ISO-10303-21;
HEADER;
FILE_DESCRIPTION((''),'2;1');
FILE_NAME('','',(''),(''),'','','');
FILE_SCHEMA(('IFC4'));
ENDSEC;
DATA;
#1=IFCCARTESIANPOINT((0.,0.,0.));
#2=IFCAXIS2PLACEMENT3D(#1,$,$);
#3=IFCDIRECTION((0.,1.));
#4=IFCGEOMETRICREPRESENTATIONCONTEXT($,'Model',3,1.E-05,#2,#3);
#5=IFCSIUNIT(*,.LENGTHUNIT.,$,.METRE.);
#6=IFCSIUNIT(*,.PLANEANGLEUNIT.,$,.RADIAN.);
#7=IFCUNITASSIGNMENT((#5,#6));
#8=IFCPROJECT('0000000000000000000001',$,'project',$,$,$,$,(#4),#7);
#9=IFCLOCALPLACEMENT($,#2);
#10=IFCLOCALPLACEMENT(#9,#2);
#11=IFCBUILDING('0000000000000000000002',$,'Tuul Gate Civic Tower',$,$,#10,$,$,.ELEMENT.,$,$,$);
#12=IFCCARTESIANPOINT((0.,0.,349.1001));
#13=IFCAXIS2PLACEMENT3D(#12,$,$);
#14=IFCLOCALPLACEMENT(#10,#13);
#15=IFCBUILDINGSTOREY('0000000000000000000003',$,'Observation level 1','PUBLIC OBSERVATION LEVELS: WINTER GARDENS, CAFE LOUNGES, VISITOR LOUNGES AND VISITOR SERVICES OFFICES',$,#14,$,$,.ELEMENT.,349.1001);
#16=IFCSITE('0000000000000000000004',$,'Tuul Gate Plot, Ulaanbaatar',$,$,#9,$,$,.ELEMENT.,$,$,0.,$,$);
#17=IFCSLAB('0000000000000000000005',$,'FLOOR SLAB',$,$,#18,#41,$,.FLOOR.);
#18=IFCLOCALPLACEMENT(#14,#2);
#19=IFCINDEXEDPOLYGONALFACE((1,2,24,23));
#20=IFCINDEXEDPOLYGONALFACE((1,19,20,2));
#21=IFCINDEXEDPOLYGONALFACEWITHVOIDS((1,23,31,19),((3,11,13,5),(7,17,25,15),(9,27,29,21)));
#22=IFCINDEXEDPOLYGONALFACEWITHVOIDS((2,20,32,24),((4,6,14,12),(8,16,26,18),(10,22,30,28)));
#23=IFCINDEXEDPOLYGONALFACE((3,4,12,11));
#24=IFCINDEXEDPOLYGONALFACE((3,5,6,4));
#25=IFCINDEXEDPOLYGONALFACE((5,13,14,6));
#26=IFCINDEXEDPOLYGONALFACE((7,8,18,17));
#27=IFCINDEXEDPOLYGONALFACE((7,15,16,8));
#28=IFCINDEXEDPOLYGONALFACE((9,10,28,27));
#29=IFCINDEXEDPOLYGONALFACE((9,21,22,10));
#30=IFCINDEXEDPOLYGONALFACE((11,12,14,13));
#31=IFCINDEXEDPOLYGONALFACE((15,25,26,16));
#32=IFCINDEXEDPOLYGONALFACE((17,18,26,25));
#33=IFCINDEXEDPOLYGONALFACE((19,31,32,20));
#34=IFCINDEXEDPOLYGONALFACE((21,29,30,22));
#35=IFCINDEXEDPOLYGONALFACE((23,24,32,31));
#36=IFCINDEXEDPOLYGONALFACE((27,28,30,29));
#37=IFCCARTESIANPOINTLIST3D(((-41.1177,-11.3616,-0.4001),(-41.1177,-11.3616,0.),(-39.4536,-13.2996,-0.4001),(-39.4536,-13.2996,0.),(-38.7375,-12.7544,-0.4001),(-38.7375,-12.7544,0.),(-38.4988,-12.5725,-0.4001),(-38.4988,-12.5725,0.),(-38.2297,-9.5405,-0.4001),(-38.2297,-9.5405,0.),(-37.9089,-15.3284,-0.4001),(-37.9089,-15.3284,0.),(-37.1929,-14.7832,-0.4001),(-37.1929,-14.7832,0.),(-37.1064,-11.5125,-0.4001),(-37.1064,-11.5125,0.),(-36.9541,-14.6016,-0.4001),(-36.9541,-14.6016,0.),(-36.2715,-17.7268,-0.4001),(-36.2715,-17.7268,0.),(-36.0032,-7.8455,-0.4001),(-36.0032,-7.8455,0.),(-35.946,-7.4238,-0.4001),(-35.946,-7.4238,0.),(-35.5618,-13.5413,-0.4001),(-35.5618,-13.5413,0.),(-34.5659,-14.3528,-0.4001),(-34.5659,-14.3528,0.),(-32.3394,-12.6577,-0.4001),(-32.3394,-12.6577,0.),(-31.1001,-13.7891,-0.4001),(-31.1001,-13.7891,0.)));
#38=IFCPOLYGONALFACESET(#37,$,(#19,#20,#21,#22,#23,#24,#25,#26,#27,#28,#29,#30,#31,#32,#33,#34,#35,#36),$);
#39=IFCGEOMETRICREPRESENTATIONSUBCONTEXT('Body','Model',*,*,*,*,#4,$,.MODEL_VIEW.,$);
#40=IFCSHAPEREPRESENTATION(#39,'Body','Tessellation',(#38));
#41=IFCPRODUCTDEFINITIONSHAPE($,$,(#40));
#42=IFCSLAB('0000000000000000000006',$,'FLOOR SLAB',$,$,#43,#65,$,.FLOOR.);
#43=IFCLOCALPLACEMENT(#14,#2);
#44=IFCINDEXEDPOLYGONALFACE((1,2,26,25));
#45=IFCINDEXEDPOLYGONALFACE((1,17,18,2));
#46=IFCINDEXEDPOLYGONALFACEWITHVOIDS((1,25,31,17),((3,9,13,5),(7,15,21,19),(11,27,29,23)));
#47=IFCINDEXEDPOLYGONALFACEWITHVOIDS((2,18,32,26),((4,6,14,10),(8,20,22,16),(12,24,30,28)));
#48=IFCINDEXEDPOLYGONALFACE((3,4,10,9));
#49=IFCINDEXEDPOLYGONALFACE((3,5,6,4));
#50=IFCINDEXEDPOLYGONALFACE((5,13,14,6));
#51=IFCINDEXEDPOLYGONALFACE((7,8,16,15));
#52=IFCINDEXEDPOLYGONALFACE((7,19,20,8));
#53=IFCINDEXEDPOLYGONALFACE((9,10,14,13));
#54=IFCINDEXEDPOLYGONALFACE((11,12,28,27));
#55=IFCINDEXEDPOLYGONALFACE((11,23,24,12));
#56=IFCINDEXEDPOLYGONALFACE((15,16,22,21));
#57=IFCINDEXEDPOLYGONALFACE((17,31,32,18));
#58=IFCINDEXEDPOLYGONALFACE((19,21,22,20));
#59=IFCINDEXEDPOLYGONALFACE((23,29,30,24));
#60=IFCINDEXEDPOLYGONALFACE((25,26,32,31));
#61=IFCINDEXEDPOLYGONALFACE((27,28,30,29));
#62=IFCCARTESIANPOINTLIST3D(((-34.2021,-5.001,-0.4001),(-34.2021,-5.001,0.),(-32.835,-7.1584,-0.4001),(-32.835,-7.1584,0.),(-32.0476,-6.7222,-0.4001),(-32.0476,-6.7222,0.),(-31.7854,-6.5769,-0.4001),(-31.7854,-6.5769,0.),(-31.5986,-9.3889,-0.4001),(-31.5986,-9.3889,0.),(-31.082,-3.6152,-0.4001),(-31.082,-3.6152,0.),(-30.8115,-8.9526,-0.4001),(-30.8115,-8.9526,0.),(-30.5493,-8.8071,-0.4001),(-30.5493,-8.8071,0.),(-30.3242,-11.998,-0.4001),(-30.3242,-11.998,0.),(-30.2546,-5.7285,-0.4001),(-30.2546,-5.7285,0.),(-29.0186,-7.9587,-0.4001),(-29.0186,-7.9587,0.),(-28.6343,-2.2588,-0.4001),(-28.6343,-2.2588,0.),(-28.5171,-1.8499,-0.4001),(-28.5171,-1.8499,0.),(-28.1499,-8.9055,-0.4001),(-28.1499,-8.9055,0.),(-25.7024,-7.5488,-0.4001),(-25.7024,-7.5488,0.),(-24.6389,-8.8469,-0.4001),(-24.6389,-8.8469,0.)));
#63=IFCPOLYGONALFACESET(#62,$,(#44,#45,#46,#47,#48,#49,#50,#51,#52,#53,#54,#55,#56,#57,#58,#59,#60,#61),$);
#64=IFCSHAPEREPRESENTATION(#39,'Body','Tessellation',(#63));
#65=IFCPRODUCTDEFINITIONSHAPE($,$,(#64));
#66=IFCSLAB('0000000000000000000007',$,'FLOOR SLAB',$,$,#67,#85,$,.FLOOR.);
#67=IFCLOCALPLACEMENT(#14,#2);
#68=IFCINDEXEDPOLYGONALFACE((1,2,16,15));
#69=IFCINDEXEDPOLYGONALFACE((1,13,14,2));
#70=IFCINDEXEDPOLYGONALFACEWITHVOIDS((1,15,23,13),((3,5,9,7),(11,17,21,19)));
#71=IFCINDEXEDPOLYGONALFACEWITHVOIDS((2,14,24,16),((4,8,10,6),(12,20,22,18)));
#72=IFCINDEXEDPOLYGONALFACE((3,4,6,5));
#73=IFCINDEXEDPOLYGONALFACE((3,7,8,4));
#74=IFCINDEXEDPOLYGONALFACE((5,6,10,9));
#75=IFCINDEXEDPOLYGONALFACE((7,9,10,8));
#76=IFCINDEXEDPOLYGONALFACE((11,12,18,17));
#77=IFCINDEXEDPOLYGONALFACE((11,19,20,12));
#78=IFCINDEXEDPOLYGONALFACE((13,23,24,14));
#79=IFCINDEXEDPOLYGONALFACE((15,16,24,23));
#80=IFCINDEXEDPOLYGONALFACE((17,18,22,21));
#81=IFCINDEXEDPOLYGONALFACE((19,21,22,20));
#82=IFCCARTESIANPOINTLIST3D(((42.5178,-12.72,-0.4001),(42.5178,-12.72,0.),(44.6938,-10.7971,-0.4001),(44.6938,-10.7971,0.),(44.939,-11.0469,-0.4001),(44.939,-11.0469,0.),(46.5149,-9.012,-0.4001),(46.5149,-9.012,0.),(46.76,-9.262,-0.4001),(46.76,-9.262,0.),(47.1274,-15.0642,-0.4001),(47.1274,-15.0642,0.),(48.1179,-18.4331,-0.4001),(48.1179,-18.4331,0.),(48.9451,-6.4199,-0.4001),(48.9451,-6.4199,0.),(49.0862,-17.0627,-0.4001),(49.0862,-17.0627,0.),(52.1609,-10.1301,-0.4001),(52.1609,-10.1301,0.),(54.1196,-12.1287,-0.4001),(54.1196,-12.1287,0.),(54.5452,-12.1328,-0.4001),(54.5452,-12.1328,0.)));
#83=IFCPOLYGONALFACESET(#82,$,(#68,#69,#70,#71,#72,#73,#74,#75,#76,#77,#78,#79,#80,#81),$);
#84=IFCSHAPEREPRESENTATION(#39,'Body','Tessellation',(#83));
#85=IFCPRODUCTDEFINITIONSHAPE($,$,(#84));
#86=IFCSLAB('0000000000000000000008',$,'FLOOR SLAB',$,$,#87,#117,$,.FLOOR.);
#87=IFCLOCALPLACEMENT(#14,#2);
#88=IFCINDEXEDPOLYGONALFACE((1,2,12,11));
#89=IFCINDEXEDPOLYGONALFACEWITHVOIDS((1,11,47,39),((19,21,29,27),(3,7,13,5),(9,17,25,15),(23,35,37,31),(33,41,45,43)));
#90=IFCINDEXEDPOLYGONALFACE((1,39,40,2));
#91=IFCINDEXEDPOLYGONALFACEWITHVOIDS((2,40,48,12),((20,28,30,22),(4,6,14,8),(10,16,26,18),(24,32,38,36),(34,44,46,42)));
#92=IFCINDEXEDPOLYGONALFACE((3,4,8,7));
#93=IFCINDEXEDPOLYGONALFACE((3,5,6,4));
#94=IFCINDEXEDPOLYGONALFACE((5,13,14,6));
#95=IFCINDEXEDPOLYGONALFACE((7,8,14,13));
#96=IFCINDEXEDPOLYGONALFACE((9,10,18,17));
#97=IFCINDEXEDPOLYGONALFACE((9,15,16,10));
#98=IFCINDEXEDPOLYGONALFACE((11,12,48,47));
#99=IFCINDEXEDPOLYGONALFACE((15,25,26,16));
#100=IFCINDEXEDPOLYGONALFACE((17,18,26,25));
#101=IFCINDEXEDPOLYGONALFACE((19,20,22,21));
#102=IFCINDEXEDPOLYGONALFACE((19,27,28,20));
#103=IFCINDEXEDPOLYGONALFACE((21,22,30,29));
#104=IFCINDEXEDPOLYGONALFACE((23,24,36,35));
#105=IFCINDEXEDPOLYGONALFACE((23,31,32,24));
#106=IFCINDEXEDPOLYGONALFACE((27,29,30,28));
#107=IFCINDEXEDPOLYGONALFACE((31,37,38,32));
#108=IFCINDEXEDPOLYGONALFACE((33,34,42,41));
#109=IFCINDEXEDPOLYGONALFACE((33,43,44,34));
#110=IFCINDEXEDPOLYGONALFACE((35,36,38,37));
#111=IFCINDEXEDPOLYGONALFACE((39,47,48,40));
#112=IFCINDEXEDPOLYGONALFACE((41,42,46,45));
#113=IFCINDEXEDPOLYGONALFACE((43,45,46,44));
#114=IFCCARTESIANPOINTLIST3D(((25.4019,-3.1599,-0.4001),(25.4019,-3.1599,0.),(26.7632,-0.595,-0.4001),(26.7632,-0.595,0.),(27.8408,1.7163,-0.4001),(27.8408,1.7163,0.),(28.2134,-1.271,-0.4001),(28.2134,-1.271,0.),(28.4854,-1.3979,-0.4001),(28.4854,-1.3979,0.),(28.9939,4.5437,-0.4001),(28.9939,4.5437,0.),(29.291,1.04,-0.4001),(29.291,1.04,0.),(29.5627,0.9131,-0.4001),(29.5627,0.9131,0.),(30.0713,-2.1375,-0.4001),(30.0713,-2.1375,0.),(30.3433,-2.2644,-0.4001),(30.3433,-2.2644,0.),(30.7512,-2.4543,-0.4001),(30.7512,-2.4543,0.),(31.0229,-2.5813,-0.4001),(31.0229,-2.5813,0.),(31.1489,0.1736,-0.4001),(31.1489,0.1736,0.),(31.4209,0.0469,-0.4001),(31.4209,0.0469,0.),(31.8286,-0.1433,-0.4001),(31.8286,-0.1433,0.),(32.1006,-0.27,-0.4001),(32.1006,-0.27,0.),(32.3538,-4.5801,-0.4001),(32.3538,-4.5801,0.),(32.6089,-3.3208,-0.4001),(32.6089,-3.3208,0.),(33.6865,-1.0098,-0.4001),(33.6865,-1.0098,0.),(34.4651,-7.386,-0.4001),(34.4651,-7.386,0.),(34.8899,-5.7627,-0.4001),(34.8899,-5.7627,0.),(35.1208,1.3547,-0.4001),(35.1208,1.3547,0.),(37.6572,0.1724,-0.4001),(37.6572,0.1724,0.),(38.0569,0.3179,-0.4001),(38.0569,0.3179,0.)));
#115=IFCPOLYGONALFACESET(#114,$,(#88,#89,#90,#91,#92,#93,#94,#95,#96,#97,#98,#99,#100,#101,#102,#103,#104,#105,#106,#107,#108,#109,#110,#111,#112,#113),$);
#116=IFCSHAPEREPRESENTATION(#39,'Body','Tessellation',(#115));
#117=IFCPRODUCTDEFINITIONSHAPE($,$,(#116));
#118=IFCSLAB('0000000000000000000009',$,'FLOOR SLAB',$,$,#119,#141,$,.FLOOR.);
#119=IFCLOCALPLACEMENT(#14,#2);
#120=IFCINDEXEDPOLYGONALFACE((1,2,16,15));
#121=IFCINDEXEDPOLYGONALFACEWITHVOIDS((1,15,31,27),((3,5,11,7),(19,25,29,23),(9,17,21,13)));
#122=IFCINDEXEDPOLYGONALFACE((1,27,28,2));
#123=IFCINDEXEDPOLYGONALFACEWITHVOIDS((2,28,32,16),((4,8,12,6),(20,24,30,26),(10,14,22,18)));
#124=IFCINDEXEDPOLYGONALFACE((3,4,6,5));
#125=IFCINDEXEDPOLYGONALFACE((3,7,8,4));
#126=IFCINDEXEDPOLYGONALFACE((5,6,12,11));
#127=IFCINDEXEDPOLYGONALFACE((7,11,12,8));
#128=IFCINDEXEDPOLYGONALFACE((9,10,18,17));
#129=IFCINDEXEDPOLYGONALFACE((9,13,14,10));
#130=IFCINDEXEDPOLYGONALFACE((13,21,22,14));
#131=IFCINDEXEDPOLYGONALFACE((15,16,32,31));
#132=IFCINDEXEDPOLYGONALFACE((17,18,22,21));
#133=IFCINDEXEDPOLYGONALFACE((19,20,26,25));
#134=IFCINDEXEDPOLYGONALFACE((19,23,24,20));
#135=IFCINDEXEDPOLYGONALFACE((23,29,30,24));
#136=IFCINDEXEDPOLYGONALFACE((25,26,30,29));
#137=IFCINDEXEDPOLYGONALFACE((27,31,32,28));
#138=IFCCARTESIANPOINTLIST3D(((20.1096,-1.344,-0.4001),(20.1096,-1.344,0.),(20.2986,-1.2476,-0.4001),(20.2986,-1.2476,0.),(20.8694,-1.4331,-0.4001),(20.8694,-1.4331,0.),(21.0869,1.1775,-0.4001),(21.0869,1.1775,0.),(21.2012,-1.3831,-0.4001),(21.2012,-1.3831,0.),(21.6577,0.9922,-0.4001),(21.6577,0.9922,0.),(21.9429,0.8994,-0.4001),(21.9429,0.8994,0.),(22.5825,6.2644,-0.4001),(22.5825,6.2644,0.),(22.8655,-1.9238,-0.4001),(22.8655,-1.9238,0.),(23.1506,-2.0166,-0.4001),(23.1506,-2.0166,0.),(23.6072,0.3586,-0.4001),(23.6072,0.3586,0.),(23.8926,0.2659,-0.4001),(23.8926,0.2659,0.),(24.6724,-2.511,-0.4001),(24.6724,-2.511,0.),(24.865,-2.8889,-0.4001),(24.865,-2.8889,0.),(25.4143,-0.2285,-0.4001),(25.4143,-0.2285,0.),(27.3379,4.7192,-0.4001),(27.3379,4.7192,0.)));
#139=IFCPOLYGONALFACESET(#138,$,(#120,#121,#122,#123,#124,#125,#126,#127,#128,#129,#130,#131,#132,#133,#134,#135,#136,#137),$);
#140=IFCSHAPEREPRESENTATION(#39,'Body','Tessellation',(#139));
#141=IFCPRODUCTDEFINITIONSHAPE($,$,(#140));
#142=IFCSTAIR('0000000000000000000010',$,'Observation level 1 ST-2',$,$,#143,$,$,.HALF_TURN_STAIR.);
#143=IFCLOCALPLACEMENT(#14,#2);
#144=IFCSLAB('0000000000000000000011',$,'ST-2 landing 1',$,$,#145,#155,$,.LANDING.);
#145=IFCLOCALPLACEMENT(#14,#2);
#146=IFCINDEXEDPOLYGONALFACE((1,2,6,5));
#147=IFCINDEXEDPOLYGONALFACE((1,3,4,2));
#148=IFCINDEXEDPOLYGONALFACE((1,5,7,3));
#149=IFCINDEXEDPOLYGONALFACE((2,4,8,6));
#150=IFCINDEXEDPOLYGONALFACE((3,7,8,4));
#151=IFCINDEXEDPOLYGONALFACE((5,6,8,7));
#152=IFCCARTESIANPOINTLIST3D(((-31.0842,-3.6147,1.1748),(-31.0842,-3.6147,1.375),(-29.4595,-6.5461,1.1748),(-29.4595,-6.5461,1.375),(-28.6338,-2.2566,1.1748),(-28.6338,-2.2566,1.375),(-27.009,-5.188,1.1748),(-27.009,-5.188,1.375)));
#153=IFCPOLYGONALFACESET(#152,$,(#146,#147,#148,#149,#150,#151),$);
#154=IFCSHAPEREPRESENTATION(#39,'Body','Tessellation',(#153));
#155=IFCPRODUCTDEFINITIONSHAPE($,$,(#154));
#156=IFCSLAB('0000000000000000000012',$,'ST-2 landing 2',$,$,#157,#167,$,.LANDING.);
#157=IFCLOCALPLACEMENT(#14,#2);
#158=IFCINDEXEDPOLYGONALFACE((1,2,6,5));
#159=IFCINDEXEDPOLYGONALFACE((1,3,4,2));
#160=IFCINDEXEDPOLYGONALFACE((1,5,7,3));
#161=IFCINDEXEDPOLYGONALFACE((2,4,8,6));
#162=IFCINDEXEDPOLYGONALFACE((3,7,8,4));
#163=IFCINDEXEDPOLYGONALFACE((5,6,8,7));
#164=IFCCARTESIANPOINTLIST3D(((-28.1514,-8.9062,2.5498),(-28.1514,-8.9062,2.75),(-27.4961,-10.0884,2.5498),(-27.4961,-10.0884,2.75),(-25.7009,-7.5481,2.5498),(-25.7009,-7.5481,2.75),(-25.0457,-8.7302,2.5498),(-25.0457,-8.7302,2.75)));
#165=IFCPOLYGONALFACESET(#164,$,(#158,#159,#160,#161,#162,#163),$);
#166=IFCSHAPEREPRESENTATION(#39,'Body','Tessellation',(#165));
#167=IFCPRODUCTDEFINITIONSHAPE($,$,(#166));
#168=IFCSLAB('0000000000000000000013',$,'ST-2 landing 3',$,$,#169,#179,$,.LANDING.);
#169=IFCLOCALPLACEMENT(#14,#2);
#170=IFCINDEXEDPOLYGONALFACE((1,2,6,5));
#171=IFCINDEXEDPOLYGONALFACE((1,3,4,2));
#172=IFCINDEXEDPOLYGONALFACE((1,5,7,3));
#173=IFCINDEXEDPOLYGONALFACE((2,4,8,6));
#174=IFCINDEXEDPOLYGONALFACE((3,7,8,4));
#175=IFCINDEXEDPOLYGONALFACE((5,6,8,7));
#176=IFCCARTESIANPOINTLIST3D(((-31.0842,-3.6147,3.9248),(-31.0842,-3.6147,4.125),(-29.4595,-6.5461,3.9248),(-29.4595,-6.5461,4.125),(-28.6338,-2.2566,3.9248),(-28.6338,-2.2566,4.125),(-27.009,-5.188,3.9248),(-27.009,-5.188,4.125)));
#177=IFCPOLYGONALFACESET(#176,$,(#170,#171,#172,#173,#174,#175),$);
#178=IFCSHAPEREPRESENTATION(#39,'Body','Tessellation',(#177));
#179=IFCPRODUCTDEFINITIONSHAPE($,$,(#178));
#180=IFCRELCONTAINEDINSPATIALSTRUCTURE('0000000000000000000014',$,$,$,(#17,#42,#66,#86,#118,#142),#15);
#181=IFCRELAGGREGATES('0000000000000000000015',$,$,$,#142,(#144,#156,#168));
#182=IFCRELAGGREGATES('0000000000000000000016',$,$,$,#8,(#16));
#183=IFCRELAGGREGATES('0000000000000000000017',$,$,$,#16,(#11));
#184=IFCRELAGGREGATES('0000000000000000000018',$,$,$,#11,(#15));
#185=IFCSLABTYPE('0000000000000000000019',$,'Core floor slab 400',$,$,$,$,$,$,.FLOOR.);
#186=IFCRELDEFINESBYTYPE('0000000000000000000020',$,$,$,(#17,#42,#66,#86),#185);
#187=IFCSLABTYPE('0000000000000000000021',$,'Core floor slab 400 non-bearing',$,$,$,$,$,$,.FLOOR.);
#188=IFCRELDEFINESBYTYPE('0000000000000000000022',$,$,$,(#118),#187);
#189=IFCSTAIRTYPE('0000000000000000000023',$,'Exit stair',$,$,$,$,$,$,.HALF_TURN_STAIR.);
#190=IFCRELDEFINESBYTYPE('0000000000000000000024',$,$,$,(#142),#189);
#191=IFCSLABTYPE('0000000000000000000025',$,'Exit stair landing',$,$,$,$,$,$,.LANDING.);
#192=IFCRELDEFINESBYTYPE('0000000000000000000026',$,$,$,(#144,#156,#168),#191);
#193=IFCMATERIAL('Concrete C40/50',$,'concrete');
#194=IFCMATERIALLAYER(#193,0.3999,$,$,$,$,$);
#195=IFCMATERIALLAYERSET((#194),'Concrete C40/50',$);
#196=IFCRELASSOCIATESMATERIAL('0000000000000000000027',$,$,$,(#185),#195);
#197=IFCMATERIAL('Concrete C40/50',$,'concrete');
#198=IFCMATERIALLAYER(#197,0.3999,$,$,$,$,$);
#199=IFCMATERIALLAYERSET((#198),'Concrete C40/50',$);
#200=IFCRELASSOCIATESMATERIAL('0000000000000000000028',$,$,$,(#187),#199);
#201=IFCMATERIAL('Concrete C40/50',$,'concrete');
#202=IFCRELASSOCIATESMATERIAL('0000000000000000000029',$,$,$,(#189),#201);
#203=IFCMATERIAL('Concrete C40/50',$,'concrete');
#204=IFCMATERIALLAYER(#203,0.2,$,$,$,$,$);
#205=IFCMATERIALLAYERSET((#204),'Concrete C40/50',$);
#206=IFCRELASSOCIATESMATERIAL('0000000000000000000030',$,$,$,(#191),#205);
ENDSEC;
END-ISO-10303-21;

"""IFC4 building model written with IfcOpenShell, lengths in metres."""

from ifc_helpers import new_model, si_unit, direction, frame, origin, place, context, subcontext, project, spatial, polyline, outline, extrude, material, layer, layer_set, type_object, element, aggregate, save


model = new_model("IFC4")

# Units and contexts
model_context = context("Model", 3, precision=1e-05, world=origin(), true_north=direction((0.0, 1.0)))
body_context = subcontext(model_context, "Body", "Model", "MODEL_VIEW")
ifc_project = project(units=[si_unit("LENGTHUNIT", "METRE"), si_unit("PLANEANGLEUNIT", "RADIAN")], contexts=[model_context])

# Site, building, storey
site_placement = place(None, origin())
site = spatial("IfcSite", under=ifc_project, at=site_placement, Name="Tuul Gate Plot, Ulaanbaatar", CompositionType="ELEMENT", RefElevation=0.0)
building_placement = place(site_placement, origin())
building = spatial("IfcBuilding", under=site, at=building_placement, Name="Tuul Gate Civic Tower", CompositionType="ELEMENT")
storey_placement = place(building_placement, frame((0.0, 0.0, 349.1001)))
storey = spatial("IfcBuildingStorey", under=building, at=storey_placement, Name="Observation level 1", Description="PUBLIC OBSERVATION LEVELS: WINTER GARDENS, CAFE LOUNGES, VISITOR LOUNGES AND VISITOR SERVICES OFFICES", CompositionType="ELEMENT", Elevation=349.1001)

# Slabs
ifc_material_1 = material(Name="Concrete C40/50", Category="concrete")
ifc_layer_1 = layer(ifc_material_1, 0.3999)
ifc_layer_set_1 = layer_set([ifc_layer_1], Name="Concrete C40/50")
slab_type_1 = type_object("IfcSlabType", Name="Core floor slab 400", PredefinedType="FLOOR", material=ifc_layer_set_1)
slab_1_placement = place(storey_placement, frame((0.0, 0.0, -0.4001)))
element("IfcSlab", 1, at=slab_1_placement, inside=storey, type_object=slab_type_1, Name="FLOOR SLAB", PredefinedType="FLOOR", context=body_context, shape_type="SweptSolid", body=[
    extrude(outline(polyline([(-31.1001, -13.7891), (-35.946, -7.4238), (-41.1177, -11.3616), (-36.2715, -17.7268), (-31.1001, -13.7891)]), holes=[polyline([(-35.5618, -13.5413), (-37.1064, -11.5125), (-38.4988, -12.5725), (-36.9541, -14.6016), (-35.5618, -13.5413)]), polyline([(-37.1929, -14.7832), (-38.7375, -12.7544), (-39.4536, -13.2996), (-37.9089, -15.3284), (-37.1929, -14.7832)]), polyline([(-32.3394, -12.6577), (-34.5659, -14.3528), (-38.2297, -9.5405), (-36.0032, -7.8455), (-32.3394, -12.6577)])]), origin(), (0.0, 0.0, 1.0), 0.4001),
])
slab_2_placement = place(storey_placement, frame((0.0, 0.0, -0.4001)))
element("IfcSlab", 2, at=slab_2_placement, inside=storey, type_object=slab_type_1, Name="FLOOR SLAB", PredefinedType="FLOOR", context=body_context, shape_type="SweptSolid", body=[
    extrude(outline(polyline([(-24.6389, -8.8469), (-28.5171, -1.8499), (-34.2021, -5.001), (-30.3242, -11.998), (-24.6389, -8.8469)]), holes=[polyline([(-29.0186, -7.9587), (-30.2546, -5.7285), (-31.7854, -6.5769), (-30.5493, -8.8071), (-29.0186, -7.9587)]), polyline([(-30.8115, -8.9526), (-32.0476, -6.7222), (-32.835, -7.1584), (-31.5986, -9.3889), (-30.8115, -8.9526)]), polyline([(-25.7024, -7.5488), (-28.1499, -8.9055), (-31.082, -3.6152), (-28.6343, -2.2588), (-25.7024, -7.5488)])]), origin(), (0.0, 0.0, 1.0), 0.4001),
])
slab_3_placement = place(storey_placement, frame((0.0, 0.0, -0.4001)))
element("IfcSlab", 3, at=slab_3_placement, inside=storey, type_object=slab_type_1, Name="FLOOR SLAB", PredefinedType="FLOOR", context=body_context, shape_type="SweptSolid", body=[
    extrude(outline(polyline([(48.1179, -18.4331), (54.5452, -12.1328), (48.9451, -6.4199), (42.5178, -12.72), (48.1179, -18.4331)]), holes=[polyline([(44.939, -11.0469), (46.76, -9.262), (46.5149, -9.012), (44.6938, -10.7971), (44.939, -11.0469)]), polyline([(49.0862, -17.0627), (47.1274, -15.0642), (52.1609, -10.1301), (54.1196, -12.1287), (49.0862, -17.0627)])]), origin(), (0.0, 0.0, 1.0), 0.4001),
])
slab_4_placement = place(storey_placement, frame((0.0, 0.0, -0.4001)))
element("IfcSlab", 4, at=slab_4_placement, inside=storey, type_object=slab_type_1, Name="FLOOR SLAB", PredefinedType="FLOOR", context=body_context, shape_type="SweptSolid", body=[
    extrude(outline(polyline([(34.4651, -7.386), (38.0569, 0.3179), (28.9939, 4.5437), (25.4019, -3.1599), (34.4651, -7.386)]), holes=[polyline([(32.6089, -3.3208), (33.6865, -1.0098), (32.1006, -0.27), (31.0229, -2.5813), (32.6089, -3.3208)]), polyline([(30.0713, -2.1375), (31.1489, 0.1736), (29.5627, 0.9131), (28.4854, -1.3979), (30.0713, -2.1375)]), polyline([(30.7512, -2.4543), (31.8286, -0.1433), (31.4209, 0.0469), (30.3433, -2.2644), (30.7512, -2.4543)]), polyline([(28.2134, -1.271), (29.291, 1.04), (27.8408, 1.7163), (26.7632, -0.595), (28.2134, -1.271)]), polyline([(34.8899, -5.7627), (32.3538, -4.5801), (35.1208, 1.3547), (37.6572, 0.1724), (34.8899, -5.7627)])]), origin(), (0.0, 0.0, 1.0), 0.4001),
])
ifc_material_2 = material(Name="Concrete C40/50", Category="concrete")
ifc_layer_2 = layer(ifc_material_2, 0.3999)
ifc_layer_set_2 = layer_set([ifc_layer_2], Name="Concrete C40/50")
slab_type_2 = type_object("IfcSlabType", Name="Core floor slab 400 non-bearing", PredefinedType="FLOOR", material=ifc_layer_set_2)
slab_5_placement = place(storey_placement, frame((0.0, 0.0, -0.4001)))
element("IfcSlab", 5, at=slab_5_placement, inside=storey, type_object=slab_type_2, Name="FLOOR SLAB", PredefinedType="FLOOR", context=body_context, shape_type="SweptSolid", body=[
    extrude(outline(polyline([(24.865, -2.8889), (27.3379, 4.7192), (22.5825, 6.2644), (20.1096, -1.344), (24.865, -2.8889)]), holes=[polyline([(24.6724, -2.511), (25.4143, -0.2285), (23.8926, 0.2659), (23.1506, -2.0166), (24.6724, -2.511)]), polyline([(22.8655, -1.9238), (23.6072, 0.3586), (21.9429, 0.8994), (21.2012, -1.3831), (22.8655, -1.9238)]), polyline([(20.8694, -1.4331), (21.6577, 0.9922), (21.0869, 1.1775), (20.2986, -1.2476), (20.8694, -1.4331)])]), origin(), (0.0, 0.0, 1.0), 0.4001),
])

# Stair, slabs
ifc_material_3 = material(Name="Concrete C40/50", Category="concrete")
stair_type = type_object("IfcStairType", Name="Exit stair", PredefinedType="HALF_TURN_STAIR", material=ifc_material_3)
stair_1_placement = place(storey_placement, origin())
stair_1 = element("IfcStair", 6, at=stair_1_placement, inside=storey, type_object=stair_type, Name="Observation level 1 ST-2", PredefinedType="HALF_TURN_STAIR")
ifc_material_4 = material(Name="Concrete C40/50", Category="concrete")
ifc_layer_3 = layer(ifc_material_4, 0.2)
ifc_layer_set_3 = layer_set([ifc_layer_3], Name="Concrete C40/50")
slab_type_3 = type_object("IfcSlabType", Name="Exit stair landing", PredefinedType="LANDING", material=ifc_layer_set_3)
slab_6_placement = place(storey_placement, frame((0.0, 0.0, 1.1748)))
slab_6 = element("IfcSlab", 7, at=slab_6_placement, type_object=slab_type_3, Name="ST-2 landing 1", PredefinedType="LANDING", context=body_context, shape_type="SweptSolid", body=[
    extrude(outline(polyline([(-27.009, -5.188), (-29.4595, -6.5461), (-31.0842, -3.6147), (-28.6338, -2.2566), (-27.009, -5.188)])), origin(), (0.0, 0.0, 1.0), 0.2002),
])
slab_7_placement = place(storey_placement, frame((0.0, 0.0, 2.5498)))
slab_7 = element("IfcSlab", 8, at=slab_7_placement, type_object=slab_type_3, Name="ST-2 landing 2", PredefinedType="LANDING", context=body_context, shape_type="SweptSolid", body=[
    extrude(outline(polyline([(-25.0457, -8.7302), (-27.4961, -10.0884), (-28.1514, -8.9062), (-25.7009, -7.5481), (-25.0457, -8.7302)])), origin(), (0.0, 0.0, 1.0), 0.2002),
])
slab_8_placement = place(storey_placement, frame((0.0, 0.0, 3.9248)))
slab_8 = element("IfcSlab", 9, at=slab_8_placement, type_object=slab_type_3, Name="ST-2 landing 3", PredefinedType="LANDING", context=body_context, shape_type="SweptSolid", body=[
    extrude(outline(polyline([(-27.009, -5.188), (-29.4595, -6.5461), (-31.0842, -3.6147), (-28.6338, -2.2566), (-27.009, -5.188)])), origin(), (0.0, 0.0, 1.0), 0.2002),
])
aggregate(stair_1, [slab_6, slab_7, slab_8])

save(model, "model.ifc")
